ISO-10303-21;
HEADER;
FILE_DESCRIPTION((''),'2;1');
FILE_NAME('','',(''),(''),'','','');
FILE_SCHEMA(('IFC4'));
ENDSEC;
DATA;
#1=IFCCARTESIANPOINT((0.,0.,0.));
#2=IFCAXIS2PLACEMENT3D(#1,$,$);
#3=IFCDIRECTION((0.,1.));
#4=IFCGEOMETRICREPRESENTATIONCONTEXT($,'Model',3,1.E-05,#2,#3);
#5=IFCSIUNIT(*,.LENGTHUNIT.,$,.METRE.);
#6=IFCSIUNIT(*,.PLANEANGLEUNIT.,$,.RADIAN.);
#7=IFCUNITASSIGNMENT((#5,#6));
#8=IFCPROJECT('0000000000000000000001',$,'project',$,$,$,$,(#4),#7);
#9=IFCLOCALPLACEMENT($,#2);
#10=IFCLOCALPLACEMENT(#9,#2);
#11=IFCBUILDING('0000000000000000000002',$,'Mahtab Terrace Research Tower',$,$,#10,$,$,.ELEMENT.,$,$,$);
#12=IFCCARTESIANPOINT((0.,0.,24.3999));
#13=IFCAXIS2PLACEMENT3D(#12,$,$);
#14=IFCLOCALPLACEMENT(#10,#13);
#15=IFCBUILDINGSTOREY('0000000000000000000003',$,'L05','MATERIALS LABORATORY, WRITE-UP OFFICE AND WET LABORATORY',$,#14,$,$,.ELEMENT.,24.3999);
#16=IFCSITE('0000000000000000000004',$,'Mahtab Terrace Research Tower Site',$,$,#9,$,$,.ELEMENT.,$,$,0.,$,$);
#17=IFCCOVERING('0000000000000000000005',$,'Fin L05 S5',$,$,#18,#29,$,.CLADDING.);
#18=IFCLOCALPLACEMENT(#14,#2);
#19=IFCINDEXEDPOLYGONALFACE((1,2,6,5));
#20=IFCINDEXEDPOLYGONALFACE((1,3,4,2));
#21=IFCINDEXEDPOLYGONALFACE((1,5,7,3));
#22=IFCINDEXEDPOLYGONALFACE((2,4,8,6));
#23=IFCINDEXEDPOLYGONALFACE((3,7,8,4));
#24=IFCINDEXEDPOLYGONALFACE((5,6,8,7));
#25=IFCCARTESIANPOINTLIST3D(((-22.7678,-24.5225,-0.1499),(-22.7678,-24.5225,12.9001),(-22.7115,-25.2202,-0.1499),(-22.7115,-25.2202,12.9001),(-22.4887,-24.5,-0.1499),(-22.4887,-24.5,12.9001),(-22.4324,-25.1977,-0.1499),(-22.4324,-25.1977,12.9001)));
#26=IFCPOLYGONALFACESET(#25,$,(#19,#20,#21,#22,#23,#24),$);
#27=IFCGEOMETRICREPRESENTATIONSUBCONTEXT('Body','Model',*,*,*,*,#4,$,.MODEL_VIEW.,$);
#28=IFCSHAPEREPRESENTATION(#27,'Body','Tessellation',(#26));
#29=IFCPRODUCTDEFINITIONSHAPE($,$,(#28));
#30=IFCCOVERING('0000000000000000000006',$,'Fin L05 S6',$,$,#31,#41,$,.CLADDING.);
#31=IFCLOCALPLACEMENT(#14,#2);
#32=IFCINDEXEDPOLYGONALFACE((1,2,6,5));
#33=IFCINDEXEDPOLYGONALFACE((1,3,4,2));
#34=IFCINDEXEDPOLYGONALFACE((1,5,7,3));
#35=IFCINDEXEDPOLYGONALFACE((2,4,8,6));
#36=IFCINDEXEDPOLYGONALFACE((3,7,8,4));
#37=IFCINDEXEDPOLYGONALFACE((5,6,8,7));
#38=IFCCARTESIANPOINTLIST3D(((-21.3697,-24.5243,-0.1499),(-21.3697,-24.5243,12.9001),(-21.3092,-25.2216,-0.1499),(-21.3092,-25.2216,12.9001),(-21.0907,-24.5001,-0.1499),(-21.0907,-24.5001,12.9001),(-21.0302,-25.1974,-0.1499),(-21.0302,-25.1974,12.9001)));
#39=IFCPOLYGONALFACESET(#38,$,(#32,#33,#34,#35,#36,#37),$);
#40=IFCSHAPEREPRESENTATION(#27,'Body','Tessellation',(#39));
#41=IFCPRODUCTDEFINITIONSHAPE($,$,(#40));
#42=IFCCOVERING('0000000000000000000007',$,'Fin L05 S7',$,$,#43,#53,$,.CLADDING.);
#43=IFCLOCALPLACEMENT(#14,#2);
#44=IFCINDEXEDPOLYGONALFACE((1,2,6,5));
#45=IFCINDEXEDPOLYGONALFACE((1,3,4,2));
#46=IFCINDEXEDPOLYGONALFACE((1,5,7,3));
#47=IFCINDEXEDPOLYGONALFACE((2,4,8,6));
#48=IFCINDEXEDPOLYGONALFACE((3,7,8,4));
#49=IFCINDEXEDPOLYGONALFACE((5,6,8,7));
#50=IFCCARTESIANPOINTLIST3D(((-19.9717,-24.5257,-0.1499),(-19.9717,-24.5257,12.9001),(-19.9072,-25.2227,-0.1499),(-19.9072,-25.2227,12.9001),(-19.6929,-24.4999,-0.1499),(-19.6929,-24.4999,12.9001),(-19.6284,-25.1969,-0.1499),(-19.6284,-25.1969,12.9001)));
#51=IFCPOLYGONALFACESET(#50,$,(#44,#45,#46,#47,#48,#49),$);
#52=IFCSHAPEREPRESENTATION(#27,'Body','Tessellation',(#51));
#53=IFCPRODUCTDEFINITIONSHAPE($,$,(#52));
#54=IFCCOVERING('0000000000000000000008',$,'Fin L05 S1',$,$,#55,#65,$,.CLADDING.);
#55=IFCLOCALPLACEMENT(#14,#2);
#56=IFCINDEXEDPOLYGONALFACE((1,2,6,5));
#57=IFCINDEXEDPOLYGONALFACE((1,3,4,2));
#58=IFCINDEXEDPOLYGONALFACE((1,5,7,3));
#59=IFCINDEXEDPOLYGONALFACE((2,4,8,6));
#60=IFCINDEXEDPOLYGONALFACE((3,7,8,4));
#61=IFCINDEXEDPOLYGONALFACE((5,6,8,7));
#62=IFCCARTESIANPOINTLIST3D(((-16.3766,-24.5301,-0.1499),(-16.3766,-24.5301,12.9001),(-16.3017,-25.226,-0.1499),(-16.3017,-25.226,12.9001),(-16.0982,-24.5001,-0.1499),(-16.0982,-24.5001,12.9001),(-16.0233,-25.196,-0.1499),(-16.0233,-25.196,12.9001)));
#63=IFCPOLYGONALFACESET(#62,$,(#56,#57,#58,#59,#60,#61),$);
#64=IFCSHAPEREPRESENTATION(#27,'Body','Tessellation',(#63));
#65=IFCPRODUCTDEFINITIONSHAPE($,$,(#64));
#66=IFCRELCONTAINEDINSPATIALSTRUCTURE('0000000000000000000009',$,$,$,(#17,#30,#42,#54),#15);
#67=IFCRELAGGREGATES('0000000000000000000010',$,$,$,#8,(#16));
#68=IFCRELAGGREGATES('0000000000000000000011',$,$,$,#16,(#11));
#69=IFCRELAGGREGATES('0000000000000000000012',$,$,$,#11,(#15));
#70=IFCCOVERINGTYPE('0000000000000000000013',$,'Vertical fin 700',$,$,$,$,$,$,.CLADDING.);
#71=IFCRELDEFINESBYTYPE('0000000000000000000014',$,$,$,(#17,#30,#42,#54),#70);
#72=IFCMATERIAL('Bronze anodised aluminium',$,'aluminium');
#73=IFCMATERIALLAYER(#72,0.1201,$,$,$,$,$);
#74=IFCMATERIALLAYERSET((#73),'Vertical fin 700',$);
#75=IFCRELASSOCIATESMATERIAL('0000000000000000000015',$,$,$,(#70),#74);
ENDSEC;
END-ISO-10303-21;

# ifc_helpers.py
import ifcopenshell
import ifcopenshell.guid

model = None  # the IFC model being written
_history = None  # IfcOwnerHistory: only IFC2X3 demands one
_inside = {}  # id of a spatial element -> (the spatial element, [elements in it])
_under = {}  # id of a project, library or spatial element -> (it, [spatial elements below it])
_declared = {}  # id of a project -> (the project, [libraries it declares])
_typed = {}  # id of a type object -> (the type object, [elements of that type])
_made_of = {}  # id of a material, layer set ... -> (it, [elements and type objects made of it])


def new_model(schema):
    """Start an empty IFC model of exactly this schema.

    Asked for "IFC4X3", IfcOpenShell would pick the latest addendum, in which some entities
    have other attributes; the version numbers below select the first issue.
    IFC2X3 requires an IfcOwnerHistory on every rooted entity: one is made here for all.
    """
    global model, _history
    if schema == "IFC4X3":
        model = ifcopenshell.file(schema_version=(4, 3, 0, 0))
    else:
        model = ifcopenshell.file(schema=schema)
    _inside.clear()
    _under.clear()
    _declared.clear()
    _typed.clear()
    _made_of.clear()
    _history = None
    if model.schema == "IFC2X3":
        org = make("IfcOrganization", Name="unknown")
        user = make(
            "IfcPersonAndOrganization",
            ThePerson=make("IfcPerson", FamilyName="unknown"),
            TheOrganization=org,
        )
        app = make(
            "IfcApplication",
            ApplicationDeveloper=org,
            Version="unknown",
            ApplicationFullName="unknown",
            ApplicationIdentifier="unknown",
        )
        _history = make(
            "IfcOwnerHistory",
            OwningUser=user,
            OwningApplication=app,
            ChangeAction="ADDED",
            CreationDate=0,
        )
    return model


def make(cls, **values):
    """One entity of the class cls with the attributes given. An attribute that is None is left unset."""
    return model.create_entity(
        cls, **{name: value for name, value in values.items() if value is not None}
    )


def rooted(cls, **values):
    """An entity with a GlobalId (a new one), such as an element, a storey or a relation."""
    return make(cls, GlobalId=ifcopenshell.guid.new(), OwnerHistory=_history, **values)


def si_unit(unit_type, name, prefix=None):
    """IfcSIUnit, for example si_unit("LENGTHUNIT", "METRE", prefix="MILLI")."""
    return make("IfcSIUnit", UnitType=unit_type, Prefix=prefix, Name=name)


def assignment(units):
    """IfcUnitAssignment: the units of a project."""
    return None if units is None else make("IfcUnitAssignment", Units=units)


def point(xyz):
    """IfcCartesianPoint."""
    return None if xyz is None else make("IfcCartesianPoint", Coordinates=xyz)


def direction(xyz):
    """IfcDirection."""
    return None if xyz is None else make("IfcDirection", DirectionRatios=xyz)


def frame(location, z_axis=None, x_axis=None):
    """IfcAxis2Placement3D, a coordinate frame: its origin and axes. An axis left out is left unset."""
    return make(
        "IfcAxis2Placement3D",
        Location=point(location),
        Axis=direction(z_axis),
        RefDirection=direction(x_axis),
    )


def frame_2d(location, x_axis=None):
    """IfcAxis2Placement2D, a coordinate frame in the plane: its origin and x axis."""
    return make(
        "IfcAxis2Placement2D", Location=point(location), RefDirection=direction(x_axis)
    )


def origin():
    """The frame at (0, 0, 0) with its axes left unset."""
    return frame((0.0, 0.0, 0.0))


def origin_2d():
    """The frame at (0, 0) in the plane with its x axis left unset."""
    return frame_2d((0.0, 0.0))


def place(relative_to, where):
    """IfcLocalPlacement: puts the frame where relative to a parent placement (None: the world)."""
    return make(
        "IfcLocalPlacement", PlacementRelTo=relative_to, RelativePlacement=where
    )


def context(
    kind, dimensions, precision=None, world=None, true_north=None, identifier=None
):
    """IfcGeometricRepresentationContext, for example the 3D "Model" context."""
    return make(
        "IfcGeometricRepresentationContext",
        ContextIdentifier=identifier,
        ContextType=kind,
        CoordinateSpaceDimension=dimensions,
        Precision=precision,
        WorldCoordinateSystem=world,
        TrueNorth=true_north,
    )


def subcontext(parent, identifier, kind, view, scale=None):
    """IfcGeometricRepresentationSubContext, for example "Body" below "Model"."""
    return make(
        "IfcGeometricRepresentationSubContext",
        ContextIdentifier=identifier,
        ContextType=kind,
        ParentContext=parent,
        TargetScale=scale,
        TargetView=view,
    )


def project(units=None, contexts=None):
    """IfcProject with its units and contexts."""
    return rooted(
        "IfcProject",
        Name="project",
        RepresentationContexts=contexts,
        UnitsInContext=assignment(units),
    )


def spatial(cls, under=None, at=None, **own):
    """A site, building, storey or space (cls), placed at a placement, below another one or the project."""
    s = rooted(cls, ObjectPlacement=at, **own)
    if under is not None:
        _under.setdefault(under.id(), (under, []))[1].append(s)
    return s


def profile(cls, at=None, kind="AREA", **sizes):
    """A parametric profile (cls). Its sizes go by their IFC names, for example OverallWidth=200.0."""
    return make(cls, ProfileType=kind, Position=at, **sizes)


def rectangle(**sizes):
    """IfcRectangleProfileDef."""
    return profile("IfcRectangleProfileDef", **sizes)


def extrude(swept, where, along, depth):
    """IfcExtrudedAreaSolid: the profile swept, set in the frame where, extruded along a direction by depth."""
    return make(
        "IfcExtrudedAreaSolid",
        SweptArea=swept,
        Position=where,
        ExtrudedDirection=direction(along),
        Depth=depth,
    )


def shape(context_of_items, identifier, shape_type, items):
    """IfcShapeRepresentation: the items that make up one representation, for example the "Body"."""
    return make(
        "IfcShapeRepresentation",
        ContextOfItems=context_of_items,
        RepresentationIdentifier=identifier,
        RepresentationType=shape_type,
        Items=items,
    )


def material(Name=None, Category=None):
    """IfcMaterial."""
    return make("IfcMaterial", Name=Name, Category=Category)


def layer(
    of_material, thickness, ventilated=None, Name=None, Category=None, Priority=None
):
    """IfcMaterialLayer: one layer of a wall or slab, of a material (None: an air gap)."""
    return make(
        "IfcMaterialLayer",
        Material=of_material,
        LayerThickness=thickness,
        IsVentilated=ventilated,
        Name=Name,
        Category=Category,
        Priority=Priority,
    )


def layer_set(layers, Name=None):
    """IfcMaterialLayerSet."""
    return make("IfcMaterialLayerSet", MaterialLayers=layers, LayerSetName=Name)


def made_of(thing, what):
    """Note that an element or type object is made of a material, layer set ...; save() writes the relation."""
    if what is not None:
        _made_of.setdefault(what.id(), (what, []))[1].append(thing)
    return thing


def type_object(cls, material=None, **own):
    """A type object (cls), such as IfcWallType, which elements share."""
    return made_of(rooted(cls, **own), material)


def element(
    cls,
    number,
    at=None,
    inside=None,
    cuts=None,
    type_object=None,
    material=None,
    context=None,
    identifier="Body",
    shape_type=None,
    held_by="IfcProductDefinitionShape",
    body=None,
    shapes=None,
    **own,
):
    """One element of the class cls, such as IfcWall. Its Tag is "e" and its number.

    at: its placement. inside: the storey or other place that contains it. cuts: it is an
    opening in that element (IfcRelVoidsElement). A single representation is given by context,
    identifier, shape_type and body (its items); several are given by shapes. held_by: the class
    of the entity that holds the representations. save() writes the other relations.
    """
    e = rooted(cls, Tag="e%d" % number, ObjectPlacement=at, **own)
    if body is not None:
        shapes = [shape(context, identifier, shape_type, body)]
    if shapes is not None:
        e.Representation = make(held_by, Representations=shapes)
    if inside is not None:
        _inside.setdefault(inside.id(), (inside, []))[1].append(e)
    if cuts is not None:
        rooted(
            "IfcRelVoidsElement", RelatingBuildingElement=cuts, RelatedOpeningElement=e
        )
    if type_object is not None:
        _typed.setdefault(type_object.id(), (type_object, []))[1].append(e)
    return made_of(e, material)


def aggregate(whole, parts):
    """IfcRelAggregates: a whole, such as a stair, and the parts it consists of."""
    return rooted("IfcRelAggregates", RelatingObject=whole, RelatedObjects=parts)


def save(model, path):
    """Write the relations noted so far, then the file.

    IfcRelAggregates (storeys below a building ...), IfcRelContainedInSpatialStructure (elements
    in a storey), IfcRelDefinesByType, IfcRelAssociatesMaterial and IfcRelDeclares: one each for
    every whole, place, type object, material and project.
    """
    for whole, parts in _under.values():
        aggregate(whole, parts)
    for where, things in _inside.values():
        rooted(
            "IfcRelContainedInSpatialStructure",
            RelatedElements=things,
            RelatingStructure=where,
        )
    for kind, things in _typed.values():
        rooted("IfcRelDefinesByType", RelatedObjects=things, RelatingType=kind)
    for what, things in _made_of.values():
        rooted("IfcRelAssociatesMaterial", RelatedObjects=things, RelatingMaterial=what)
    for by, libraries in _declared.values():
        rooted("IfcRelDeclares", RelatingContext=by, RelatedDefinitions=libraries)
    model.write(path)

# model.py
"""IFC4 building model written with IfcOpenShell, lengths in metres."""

from ifc_helpers import new_model, si_unit, direction, frame, origin, origin_2d, place, context, subcontext, project, spatial, rectangle, extrude, material, layer, layer_set, type_object, element, save


model = new_model("IFC4")

# Units and contexts
model_context = context("Model", 3, precision=1e-05, world=origin(), true_north=direction((0.0, 1.0)))
body_context = subcontext(model_context, "Body", "Model", "MODEL_VIEW")
ifc_project = project(units=[si_unit("LENGTHUNIT", "METRE"), si_unit("PLANEANGLEUNIT", "RADIAN")], contexts=[model_context])

# Site, building, storey
site_placement = place(None, origin())
site = spatial("IfcSite", under=ifc_project, at=site_placement, Name="Mahtab Terrace Research Tower Site", CompositionType="ELEMENT", RefElevation=0.0)
building_placement = place(site_placement, origin())
building = spatial("IfcBuilding", under=site, at=building_placement, Name="Mahtab Terrace Research Tower", CompositionType="ELEMENT")
storey_placement = place(building_placement, frame((0.0, 0.0, 24.3999)))
storey = spatial("IfcBuildingStorey", under=building, at=storey_placement, Name="L05", Description="MATERIALS LABORATORY, WRITE-UP OFFICE AND WET LABORATORY", CompositionType="ELEMENT", Elevation=24.3999)

# Coverings
ifc_material_1 = material(Name="Bronze anodised aluminium", Category="aluminium")
ifc_layer_1 = layer(ifc_material_1, 0.1201)
ifc_layer_set_1 = layer_set([ifc_layer_1], Name="Vertical fin 700")
covering_type = type_object("IfcCoveringType", Name="Vertical fin 700", PredefinedType="CLADDING", material=ifc_layer_set_1)
for number, where, z_axis, x_axis, name in (
    (1, (-22.6001, -24.8601, -0.1499), (0.0, 0.0, 1.0), (0.996752, 0.08053, 0.0), "Fin L05 S5"),
    (2, (-21.2, -24.8608, -0.1499), (0.0, 0.0, 1.0), (0.996267, 0.086328, 0.0), "Fin L05 S6"),
    (3, (-19.8, -24.8613, -0.1499), (0.0, 0.0, 1.0), (0.995748, 0.092122, 0.0), "Fin L05 S7"),
    (4, (-16.2, -24.863, -0.1499), (0.0, 0.0, 1.0), (0.994258, 0.107008, 0.0), "Fin L05 S1"),
):
    element("IfcCovering", number, at=place(storey_placement, frame(where, z_axis=z_axis, x_axis=x_axis)), inside=storey, type_object=covering_type, Name=name, PredefinedType="CLADDING", context=body_context, shape_type="SweptSolid", body=[
        extrude(rectangle(XDim=0.28, YDim=0.7, at=origin_2d()), origin(), (0.0, 0.0, 1.0), 13.05),
    ])

save(model, "model.ifc")
